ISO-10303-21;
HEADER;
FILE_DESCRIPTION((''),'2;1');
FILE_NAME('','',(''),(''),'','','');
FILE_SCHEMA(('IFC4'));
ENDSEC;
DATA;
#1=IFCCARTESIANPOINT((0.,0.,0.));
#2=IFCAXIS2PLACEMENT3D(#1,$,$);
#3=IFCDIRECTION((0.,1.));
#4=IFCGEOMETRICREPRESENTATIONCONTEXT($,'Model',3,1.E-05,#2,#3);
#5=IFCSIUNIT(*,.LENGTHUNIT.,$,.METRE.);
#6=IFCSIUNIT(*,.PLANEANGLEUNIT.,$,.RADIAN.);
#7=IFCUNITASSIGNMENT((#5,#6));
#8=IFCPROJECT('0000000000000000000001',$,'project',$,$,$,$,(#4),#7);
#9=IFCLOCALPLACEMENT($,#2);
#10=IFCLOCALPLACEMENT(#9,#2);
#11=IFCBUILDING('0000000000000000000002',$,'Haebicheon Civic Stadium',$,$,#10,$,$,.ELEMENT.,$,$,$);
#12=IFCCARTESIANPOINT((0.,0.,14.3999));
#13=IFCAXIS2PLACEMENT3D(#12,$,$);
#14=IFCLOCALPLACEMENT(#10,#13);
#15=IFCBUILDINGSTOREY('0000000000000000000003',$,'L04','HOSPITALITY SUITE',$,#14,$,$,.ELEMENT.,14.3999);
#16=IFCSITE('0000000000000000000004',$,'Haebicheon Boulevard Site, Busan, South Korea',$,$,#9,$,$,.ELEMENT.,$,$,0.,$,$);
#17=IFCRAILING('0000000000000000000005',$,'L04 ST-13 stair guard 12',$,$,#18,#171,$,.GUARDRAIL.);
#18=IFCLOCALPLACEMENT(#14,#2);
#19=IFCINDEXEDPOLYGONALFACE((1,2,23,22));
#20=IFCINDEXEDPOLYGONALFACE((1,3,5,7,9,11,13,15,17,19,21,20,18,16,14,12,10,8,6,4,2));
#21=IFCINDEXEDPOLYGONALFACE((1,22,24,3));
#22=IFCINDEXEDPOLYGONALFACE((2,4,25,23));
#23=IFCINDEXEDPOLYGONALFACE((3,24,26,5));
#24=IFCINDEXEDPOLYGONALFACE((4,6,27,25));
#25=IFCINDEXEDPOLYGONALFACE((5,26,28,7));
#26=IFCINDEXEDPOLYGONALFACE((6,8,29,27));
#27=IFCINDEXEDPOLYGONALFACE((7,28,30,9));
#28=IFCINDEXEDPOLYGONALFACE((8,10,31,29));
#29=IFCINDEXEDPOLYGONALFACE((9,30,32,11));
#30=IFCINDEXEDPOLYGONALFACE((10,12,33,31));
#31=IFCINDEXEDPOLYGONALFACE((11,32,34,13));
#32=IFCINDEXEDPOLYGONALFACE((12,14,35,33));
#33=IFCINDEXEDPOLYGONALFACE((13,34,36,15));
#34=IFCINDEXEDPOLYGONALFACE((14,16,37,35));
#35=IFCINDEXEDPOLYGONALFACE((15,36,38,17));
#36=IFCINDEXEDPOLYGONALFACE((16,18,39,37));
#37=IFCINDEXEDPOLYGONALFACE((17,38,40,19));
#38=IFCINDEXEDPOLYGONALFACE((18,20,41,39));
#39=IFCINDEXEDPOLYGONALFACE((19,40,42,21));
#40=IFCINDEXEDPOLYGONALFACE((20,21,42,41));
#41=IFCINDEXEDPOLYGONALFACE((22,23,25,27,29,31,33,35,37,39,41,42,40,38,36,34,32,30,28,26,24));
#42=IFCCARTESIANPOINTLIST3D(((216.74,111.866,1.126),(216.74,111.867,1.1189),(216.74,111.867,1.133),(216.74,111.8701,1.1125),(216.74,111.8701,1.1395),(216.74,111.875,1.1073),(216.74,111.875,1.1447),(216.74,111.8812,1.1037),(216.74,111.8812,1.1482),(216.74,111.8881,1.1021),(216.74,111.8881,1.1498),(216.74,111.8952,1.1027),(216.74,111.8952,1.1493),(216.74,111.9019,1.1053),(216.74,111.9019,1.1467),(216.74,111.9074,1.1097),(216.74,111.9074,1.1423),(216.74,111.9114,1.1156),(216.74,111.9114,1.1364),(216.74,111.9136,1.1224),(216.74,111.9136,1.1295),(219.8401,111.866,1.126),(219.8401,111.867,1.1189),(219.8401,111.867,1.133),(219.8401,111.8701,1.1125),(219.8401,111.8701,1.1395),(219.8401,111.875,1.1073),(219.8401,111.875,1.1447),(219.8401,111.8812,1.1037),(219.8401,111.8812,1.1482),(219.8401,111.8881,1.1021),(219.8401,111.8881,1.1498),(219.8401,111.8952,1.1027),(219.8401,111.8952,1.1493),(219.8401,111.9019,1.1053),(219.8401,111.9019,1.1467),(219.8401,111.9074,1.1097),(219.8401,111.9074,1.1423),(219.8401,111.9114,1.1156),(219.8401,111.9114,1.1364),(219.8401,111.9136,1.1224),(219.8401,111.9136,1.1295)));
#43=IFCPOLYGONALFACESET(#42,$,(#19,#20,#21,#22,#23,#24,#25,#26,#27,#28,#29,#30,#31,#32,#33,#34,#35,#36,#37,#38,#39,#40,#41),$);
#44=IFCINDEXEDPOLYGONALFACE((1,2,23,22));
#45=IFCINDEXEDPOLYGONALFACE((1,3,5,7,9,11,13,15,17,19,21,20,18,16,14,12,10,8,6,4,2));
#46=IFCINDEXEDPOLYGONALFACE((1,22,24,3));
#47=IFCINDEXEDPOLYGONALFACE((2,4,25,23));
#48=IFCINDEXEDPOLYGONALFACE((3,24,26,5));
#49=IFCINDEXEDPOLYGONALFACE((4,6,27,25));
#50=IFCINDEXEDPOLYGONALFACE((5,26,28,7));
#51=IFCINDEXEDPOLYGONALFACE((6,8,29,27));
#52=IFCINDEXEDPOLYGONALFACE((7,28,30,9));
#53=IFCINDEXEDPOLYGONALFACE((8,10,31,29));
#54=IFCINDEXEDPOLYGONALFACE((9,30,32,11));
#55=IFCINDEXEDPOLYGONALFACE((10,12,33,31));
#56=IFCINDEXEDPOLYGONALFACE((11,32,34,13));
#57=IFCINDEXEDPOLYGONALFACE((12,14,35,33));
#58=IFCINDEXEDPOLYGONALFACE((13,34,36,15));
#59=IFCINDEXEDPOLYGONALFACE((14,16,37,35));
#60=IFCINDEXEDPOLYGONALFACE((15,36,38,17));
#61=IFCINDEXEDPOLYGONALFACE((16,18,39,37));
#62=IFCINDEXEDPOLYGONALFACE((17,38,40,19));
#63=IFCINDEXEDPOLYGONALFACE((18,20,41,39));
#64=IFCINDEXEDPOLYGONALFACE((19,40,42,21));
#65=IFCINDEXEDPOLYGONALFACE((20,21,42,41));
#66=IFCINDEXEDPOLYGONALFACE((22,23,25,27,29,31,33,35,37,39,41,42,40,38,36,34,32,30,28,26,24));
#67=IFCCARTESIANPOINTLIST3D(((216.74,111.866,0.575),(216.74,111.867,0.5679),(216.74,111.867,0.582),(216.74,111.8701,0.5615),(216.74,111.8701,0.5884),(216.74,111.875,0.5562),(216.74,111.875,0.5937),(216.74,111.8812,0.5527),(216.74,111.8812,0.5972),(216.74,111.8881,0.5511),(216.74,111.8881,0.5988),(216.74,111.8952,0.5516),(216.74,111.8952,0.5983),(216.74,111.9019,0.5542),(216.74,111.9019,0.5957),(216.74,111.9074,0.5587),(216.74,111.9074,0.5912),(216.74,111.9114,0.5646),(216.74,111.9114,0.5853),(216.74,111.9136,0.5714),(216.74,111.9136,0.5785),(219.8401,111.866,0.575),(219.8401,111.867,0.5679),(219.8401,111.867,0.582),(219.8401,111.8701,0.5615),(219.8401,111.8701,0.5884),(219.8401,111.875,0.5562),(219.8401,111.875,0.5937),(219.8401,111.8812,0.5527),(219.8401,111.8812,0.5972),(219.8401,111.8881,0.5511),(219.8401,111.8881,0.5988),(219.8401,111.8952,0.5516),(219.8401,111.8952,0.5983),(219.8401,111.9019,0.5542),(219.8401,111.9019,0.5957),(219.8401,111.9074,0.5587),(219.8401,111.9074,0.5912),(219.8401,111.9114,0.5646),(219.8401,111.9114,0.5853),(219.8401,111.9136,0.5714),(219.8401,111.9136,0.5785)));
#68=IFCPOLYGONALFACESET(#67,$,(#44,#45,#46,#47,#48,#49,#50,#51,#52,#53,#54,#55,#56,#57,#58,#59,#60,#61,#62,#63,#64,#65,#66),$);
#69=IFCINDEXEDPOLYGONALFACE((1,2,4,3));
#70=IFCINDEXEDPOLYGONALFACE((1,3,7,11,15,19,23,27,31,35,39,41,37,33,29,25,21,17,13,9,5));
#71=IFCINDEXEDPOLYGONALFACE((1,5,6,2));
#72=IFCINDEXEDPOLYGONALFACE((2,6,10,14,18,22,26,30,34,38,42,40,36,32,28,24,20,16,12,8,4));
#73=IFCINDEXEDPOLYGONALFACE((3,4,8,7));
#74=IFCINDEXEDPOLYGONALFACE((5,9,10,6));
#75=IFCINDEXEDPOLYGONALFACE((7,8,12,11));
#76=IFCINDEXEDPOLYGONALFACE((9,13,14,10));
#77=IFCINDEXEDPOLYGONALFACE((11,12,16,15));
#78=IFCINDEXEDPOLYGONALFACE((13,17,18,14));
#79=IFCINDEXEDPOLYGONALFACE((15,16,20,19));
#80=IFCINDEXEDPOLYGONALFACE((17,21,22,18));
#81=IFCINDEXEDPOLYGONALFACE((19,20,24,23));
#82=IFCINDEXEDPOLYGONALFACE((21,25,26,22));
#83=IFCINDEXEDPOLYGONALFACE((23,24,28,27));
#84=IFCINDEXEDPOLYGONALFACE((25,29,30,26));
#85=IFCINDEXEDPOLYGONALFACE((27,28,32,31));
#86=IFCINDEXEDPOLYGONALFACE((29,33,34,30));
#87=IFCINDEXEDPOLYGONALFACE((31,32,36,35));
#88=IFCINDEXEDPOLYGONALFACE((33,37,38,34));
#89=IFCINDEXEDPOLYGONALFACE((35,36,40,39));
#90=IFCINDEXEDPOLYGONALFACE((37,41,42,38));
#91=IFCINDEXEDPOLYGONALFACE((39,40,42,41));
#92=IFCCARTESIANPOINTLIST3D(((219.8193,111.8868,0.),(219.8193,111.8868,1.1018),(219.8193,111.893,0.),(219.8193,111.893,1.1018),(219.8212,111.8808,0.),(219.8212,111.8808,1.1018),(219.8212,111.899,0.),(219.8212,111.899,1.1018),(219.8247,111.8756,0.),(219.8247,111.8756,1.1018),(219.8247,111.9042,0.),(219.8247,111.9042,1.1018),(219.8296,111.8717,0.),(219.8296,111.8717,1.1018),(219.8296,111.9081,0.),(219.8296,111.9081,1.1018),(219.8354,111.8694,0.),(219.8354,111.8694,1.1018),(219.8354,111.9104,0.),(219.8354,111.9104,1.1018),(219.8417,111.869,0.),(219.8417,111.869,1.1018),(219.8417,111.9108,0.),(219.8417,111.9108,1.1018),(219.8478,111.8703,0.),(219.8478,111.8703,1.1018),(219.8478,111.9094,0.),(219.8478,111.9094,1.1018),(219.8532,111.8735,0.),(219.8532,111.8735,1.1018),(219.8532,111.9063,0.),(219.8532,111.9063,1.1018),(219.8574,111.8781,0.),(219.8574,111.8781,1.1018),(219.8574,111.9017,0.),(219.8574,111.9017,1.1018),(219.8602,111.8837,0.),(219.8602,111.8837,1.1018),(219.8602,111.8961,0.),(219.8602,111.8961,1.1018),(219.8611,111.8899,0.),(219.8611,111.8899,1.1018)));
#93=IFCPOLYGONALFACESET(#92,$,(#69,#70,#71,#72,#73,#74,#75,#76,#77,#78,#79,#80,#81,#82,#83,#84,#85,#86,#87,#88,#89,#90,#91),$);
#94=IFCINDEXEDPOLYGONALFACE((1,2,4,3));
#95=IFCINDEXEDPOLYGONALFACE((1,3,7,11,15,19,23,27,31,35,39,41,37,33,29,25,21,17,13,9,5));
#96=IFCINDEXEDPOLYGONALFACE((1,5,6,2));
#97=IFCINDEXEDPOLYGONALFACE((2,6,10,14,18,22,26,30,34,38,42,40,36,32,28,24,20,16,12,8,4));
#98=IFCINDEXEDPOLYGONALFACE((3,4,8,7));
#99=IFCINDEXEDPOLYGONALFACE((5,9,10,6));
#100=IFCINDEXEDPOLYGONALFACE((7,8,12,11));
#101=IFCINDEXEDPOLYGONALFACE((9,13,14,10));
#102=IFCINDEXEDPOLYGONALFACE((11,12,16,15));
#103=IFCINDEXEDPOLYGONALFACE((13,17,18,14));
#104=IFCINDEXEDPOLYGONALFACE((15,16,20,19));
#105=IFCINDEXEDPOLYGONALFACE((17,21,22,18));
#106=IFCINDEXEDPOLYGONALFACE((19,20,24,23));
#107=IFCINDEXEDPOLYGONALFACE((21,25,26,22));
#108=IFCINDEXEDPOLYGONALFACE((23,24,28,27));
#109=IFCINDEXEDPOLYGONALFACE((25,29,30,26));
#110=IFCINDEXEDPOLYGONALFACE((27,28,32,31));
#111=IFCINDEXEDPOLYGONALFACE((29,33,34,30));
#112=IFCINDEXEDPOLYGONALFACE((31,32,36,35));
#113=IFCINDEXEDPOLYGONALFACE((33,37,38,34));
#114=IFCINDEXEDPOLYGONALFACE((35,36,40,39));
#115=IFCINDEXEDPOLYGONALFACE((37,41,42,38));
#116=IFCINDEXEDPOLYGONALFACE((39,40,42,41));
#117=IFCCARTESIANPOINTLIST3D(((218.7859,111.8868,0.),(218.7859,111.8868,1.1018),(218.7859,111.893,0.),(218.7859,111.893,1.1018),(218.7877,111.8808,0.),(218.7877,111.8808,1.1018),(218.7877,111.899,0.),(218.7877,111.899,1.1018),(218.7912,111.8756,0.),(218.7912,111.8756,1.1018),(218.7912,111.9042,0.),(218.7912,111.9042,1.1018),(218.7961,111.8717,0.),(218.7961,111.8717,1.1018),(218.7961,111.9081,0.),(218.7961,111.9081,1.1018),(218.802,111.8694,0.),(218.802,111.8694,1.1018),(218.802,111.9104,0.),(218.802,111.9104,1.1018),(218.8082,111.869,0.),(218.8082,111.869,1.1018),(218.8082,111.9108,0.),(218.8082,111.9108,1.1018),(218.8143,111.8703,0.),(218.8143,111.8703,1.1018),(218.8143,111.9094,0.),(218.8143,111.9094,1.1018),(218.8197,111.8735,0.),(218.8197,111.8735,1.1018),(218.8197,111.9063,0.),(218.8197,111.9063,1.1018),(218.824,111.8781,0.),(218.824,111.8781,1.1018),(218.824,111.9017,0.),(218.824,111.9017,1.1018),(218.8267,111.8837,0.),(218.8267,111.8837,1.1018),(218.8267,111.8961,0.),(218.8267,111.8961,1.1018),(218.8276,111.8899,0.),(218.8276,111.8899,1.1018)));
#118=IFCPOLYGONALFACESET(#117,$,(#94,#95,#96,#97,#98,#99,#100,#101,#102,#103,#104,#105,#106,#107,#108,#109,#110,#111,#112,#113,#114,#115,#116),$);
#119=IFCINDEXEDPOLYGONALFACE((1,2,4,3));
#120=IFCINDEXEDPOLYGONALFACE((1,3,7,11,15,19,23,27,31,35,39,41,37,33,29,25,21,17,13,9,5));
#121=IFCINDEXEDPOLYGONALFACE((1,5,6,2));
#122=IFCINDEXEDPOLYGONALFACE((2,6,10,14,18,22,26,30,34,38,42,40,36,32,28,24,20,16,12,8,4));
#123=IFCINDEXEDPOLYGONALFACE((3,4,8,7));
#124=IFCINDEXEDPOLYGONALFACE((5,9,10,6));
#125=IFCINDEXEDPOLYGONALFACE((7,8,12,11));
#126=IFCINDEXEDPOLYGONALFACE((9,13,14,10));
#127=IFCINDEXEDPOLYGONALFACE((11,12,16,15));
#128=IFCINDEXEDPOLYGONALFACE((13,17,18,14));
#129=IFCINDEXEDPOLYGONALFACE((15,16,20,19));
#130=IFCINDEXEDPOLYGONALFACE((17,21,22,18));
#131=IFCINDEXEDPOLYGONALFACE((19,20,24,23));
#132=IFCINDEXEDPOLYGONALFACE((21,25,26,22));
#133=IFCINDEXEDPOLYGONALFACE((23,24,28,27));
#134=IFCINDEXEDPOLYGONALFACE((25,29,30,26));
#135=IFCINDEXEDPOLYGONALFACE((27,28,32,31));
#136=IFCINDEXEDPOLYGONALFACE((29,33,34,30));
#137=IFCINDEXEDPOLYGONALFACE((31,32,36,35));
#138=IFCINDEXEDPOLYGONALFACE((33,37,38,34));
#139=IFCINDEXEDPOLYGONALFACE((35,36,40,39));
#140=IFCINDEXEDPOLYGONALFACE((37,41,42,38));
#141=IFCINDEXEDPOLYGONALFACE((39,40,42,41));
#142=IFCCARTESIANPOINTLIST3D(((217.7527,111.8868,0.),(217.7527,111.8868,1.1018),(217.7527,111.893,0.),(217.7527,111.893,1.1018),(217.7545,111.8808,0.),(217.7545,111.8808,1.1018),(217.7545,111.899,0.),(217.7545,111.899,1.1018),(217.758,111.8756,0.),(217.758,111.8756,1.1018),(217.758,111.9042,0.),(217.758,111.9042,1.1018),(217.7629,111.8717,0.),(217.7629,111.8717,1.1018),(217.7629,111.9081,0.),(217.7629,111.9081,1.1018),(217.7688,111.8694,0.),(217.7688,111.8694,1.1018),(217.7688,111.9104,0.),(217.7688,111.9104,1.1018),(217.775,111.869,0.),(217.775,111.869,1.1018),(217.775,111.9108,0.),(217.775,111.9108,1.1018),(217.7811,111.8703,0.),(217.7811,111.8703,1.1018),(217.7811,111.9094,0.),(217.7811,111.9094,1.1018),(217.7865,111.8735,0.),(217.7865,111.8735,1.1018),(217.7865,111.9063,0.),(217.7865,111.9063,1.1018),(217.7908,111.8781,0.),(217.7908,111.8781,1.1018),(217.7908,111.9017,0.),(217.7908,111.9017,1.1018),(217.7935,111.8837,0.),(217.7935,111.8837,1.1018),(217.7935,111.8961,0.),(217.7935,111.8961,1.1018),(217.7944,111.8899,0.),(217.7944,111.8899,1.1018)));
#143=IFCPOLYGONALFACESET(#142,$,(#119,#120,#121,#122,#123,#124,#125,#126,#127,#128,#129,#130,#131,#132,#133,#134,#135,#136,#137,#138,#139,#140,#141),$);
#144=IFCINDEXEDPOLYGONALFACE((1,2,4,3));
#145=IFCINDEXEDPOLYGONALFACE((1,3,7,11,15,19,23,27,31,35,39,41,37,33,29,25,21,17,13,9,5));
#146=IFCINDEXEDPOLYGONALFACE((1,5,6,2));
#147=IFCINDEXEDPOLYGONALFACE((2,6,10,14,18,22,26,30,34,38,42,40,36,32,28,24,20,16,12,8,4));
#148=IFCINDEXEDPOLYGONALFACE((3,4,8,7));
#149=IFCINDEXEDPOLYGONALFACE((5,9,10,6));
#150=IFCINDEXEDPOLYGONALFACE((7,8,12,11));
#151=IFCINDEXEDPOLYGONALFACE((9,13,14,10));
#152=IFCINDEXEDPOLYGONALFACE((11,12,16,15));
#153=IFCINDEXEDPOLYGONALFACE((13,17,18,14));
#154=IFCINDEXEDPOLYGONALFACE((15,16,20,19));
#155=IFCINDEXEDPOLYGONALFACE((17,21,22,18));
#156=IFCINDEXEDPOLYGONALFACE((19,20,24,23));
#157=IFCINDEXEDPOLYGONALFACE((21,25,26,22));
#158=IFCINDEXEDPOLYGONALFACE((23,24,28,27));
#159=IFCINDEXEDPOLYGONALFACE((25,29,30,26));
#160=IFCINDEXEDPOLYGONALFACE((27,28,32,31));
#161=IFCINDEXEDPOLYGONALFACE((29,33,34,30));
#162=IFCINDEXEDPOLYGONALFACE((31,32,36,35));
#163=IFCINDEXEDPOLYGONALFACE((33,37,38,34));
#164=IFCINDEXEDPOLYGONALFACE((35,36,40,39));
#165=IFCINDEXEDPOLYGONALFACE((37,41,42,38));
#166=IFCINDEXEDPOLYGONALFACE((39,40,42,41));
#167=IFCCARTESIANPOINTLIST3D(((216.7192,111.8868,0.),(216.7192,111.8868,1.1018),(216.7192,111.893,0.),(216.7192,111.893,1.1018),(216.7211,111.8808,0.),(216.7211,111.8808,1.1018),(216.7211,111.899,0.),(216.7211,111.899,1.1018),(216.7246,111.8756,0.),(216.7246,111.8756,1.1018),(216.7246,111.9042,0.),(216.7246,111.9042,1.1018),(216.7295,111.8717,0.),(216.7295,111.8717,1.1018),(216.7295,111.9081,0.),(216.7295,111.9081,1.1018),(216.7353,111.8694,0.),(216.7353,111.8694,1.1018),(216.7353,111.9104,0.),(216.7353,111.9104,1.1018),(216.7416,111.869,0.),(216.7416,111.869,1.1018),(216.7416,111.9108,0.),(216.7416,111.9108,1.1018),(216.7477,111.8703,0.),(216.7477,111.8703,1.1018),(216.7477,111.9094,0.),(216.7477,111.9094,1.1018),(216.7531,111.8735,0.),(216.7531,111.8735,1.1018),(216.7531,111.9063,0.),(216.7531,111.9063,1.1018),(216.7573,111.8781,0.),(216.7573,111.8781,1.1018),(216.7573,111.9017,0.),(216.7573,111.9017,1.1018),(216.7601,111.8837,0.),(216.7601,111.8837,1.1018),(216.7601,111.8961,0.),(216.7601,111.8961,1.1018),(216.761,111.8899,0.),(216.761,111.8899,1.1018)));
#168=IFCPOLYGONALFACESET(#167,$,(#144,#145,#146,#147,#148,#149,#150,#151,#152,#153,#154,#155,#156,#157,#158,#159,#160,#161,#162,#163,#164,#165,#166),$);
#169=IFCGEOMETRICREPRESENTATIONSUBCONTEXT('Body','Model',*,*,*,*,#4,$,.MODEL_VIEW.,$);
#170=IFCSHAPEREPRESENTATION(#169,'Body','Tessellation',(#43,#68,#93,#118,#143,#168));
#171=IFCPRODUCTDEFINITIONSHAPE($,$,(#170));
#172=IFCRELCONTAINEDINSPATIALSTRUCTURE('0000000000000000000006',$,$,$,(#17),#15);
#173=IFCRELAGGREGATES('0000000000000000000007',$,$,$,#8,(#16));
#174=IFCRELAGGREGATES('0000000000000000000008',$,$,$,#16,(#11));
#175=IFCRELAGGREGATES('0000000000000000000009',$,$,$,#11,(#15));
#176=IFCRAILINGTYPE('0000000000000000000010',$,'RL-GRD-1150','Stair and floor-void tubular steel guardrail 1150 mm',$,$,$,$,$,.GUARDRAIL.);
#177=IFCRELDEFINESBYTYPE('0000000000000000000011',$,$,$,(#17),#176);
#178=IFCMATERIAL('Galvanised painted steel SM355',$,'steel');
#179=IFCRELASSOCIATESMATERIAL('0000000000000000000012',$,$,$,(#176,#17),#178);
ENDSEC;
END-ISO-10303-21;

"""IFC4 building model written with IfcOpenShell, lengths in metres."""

from ifc_helpers import new_model, si_unit, direction, frame, origin, origin_2d, place, context, subcontext, project, spatial, circle, extrude, material, type_object, element, save


model = new_model("IFC4")

# Units and contexts
model_context = context("Model", 3, precision=1e-05, world=origin(), true_north=direction((0.0, 1.0)))
body_context = subcontext(model_context, "Body", "Model", "MODEL_VIEW")
ifc_project = project(units=[si_unit("LENGTHUNIT", "METRE"), si_unit("PLANEANGLEUNIT", "RADIAN")], contexts=[model_context])

# Site, building, storey
site_placement = place(None, origin())
site = spatial("IfcSite", under=ifc_project, at=site_placement, Name="Haebicheon Boulevard Site, Busan, South Korea", CompositionType="ELEMENT", RefElevation=0.0)
building_placement = place(site_placement, origin())
building = spatial("IfcBuilding", under=site, at=building_placement, Name="Haebicheon Civic Stadium", CompositionType="ELEMENT")
storey_placement = place(building_placement, frame((0.0, 0.0, 14.3999)))
storey = spatial("IfcBuildingStorey", under=building, at=storey_placement, Name="L04", Description="HOSPITALITY SUITE", CompositionType="ELEMENT", Elevation=14.3999)

# Railing
ifc_material_1 = material(Name="Galvanised painted steel SM355", Category="steel")
railing_type_1 = type_object("IfcRailingType", Name="RL-GRD-1150", Description="Stair and floor-void tubular steel guardrail 1150 mm", PredefinedType="GUARDRAIL", material=ifc_material_1)
railing_1_placement = place(storey_placement, frame((219.8401, 111.8899, 0.0)))
element("IfcRailing", 1, at=railing_1_placement, inside=storey, type_object=railing_type_1, material=ifc_material_1, Name="L04 ST-13 stair guard 12", PredefinedType="GUARDRAIL", context=body_context, shape_type="SweptSolid", body=[
    extrude(circle(Radius=0.0239, at=origin_2d()), frame((0.0, 0.0, 1.126), z_axis=(-1.0, 0.0, 0.0), x_axis=(0.0, -1.0, 0.0)), (0.0, 0.0, 1.0), 3.1001),
    extrude(circle(Radius=0.0239, at=origin_2d()), frame((0.0, 0.0, 0.575), z_axis=(-1.0, 0.0, 0.0), x_axis=(0.0, -1.0, 0.0)), (0.0, 0.0, 1.0), 3.1001),
    extrude(circle(Radius=0.021, at=origin_2d()), origin(), (0.0, 0.0, 1.0), 1.1018),
    extrude(circle(Radius=0.021, at=origin_2d()), frame((-1.0334, 0.0, 0.0)), (0.0, 0.0, 1.0), 1.1018),
    extrude(circle(Radius=0.021, at=origin_2d()), frame((-2.0667, 0.0, 0.0)), (0.0, 0.0, 1.0), 1.1018),
    extrude(circle(Radius=0.021, at=origin_2d()), frame((-3.1001, 0.0, 0.0)), (0.0, 0.0, 1.0), 1.1018),
])

save(model, "model.ifc")
